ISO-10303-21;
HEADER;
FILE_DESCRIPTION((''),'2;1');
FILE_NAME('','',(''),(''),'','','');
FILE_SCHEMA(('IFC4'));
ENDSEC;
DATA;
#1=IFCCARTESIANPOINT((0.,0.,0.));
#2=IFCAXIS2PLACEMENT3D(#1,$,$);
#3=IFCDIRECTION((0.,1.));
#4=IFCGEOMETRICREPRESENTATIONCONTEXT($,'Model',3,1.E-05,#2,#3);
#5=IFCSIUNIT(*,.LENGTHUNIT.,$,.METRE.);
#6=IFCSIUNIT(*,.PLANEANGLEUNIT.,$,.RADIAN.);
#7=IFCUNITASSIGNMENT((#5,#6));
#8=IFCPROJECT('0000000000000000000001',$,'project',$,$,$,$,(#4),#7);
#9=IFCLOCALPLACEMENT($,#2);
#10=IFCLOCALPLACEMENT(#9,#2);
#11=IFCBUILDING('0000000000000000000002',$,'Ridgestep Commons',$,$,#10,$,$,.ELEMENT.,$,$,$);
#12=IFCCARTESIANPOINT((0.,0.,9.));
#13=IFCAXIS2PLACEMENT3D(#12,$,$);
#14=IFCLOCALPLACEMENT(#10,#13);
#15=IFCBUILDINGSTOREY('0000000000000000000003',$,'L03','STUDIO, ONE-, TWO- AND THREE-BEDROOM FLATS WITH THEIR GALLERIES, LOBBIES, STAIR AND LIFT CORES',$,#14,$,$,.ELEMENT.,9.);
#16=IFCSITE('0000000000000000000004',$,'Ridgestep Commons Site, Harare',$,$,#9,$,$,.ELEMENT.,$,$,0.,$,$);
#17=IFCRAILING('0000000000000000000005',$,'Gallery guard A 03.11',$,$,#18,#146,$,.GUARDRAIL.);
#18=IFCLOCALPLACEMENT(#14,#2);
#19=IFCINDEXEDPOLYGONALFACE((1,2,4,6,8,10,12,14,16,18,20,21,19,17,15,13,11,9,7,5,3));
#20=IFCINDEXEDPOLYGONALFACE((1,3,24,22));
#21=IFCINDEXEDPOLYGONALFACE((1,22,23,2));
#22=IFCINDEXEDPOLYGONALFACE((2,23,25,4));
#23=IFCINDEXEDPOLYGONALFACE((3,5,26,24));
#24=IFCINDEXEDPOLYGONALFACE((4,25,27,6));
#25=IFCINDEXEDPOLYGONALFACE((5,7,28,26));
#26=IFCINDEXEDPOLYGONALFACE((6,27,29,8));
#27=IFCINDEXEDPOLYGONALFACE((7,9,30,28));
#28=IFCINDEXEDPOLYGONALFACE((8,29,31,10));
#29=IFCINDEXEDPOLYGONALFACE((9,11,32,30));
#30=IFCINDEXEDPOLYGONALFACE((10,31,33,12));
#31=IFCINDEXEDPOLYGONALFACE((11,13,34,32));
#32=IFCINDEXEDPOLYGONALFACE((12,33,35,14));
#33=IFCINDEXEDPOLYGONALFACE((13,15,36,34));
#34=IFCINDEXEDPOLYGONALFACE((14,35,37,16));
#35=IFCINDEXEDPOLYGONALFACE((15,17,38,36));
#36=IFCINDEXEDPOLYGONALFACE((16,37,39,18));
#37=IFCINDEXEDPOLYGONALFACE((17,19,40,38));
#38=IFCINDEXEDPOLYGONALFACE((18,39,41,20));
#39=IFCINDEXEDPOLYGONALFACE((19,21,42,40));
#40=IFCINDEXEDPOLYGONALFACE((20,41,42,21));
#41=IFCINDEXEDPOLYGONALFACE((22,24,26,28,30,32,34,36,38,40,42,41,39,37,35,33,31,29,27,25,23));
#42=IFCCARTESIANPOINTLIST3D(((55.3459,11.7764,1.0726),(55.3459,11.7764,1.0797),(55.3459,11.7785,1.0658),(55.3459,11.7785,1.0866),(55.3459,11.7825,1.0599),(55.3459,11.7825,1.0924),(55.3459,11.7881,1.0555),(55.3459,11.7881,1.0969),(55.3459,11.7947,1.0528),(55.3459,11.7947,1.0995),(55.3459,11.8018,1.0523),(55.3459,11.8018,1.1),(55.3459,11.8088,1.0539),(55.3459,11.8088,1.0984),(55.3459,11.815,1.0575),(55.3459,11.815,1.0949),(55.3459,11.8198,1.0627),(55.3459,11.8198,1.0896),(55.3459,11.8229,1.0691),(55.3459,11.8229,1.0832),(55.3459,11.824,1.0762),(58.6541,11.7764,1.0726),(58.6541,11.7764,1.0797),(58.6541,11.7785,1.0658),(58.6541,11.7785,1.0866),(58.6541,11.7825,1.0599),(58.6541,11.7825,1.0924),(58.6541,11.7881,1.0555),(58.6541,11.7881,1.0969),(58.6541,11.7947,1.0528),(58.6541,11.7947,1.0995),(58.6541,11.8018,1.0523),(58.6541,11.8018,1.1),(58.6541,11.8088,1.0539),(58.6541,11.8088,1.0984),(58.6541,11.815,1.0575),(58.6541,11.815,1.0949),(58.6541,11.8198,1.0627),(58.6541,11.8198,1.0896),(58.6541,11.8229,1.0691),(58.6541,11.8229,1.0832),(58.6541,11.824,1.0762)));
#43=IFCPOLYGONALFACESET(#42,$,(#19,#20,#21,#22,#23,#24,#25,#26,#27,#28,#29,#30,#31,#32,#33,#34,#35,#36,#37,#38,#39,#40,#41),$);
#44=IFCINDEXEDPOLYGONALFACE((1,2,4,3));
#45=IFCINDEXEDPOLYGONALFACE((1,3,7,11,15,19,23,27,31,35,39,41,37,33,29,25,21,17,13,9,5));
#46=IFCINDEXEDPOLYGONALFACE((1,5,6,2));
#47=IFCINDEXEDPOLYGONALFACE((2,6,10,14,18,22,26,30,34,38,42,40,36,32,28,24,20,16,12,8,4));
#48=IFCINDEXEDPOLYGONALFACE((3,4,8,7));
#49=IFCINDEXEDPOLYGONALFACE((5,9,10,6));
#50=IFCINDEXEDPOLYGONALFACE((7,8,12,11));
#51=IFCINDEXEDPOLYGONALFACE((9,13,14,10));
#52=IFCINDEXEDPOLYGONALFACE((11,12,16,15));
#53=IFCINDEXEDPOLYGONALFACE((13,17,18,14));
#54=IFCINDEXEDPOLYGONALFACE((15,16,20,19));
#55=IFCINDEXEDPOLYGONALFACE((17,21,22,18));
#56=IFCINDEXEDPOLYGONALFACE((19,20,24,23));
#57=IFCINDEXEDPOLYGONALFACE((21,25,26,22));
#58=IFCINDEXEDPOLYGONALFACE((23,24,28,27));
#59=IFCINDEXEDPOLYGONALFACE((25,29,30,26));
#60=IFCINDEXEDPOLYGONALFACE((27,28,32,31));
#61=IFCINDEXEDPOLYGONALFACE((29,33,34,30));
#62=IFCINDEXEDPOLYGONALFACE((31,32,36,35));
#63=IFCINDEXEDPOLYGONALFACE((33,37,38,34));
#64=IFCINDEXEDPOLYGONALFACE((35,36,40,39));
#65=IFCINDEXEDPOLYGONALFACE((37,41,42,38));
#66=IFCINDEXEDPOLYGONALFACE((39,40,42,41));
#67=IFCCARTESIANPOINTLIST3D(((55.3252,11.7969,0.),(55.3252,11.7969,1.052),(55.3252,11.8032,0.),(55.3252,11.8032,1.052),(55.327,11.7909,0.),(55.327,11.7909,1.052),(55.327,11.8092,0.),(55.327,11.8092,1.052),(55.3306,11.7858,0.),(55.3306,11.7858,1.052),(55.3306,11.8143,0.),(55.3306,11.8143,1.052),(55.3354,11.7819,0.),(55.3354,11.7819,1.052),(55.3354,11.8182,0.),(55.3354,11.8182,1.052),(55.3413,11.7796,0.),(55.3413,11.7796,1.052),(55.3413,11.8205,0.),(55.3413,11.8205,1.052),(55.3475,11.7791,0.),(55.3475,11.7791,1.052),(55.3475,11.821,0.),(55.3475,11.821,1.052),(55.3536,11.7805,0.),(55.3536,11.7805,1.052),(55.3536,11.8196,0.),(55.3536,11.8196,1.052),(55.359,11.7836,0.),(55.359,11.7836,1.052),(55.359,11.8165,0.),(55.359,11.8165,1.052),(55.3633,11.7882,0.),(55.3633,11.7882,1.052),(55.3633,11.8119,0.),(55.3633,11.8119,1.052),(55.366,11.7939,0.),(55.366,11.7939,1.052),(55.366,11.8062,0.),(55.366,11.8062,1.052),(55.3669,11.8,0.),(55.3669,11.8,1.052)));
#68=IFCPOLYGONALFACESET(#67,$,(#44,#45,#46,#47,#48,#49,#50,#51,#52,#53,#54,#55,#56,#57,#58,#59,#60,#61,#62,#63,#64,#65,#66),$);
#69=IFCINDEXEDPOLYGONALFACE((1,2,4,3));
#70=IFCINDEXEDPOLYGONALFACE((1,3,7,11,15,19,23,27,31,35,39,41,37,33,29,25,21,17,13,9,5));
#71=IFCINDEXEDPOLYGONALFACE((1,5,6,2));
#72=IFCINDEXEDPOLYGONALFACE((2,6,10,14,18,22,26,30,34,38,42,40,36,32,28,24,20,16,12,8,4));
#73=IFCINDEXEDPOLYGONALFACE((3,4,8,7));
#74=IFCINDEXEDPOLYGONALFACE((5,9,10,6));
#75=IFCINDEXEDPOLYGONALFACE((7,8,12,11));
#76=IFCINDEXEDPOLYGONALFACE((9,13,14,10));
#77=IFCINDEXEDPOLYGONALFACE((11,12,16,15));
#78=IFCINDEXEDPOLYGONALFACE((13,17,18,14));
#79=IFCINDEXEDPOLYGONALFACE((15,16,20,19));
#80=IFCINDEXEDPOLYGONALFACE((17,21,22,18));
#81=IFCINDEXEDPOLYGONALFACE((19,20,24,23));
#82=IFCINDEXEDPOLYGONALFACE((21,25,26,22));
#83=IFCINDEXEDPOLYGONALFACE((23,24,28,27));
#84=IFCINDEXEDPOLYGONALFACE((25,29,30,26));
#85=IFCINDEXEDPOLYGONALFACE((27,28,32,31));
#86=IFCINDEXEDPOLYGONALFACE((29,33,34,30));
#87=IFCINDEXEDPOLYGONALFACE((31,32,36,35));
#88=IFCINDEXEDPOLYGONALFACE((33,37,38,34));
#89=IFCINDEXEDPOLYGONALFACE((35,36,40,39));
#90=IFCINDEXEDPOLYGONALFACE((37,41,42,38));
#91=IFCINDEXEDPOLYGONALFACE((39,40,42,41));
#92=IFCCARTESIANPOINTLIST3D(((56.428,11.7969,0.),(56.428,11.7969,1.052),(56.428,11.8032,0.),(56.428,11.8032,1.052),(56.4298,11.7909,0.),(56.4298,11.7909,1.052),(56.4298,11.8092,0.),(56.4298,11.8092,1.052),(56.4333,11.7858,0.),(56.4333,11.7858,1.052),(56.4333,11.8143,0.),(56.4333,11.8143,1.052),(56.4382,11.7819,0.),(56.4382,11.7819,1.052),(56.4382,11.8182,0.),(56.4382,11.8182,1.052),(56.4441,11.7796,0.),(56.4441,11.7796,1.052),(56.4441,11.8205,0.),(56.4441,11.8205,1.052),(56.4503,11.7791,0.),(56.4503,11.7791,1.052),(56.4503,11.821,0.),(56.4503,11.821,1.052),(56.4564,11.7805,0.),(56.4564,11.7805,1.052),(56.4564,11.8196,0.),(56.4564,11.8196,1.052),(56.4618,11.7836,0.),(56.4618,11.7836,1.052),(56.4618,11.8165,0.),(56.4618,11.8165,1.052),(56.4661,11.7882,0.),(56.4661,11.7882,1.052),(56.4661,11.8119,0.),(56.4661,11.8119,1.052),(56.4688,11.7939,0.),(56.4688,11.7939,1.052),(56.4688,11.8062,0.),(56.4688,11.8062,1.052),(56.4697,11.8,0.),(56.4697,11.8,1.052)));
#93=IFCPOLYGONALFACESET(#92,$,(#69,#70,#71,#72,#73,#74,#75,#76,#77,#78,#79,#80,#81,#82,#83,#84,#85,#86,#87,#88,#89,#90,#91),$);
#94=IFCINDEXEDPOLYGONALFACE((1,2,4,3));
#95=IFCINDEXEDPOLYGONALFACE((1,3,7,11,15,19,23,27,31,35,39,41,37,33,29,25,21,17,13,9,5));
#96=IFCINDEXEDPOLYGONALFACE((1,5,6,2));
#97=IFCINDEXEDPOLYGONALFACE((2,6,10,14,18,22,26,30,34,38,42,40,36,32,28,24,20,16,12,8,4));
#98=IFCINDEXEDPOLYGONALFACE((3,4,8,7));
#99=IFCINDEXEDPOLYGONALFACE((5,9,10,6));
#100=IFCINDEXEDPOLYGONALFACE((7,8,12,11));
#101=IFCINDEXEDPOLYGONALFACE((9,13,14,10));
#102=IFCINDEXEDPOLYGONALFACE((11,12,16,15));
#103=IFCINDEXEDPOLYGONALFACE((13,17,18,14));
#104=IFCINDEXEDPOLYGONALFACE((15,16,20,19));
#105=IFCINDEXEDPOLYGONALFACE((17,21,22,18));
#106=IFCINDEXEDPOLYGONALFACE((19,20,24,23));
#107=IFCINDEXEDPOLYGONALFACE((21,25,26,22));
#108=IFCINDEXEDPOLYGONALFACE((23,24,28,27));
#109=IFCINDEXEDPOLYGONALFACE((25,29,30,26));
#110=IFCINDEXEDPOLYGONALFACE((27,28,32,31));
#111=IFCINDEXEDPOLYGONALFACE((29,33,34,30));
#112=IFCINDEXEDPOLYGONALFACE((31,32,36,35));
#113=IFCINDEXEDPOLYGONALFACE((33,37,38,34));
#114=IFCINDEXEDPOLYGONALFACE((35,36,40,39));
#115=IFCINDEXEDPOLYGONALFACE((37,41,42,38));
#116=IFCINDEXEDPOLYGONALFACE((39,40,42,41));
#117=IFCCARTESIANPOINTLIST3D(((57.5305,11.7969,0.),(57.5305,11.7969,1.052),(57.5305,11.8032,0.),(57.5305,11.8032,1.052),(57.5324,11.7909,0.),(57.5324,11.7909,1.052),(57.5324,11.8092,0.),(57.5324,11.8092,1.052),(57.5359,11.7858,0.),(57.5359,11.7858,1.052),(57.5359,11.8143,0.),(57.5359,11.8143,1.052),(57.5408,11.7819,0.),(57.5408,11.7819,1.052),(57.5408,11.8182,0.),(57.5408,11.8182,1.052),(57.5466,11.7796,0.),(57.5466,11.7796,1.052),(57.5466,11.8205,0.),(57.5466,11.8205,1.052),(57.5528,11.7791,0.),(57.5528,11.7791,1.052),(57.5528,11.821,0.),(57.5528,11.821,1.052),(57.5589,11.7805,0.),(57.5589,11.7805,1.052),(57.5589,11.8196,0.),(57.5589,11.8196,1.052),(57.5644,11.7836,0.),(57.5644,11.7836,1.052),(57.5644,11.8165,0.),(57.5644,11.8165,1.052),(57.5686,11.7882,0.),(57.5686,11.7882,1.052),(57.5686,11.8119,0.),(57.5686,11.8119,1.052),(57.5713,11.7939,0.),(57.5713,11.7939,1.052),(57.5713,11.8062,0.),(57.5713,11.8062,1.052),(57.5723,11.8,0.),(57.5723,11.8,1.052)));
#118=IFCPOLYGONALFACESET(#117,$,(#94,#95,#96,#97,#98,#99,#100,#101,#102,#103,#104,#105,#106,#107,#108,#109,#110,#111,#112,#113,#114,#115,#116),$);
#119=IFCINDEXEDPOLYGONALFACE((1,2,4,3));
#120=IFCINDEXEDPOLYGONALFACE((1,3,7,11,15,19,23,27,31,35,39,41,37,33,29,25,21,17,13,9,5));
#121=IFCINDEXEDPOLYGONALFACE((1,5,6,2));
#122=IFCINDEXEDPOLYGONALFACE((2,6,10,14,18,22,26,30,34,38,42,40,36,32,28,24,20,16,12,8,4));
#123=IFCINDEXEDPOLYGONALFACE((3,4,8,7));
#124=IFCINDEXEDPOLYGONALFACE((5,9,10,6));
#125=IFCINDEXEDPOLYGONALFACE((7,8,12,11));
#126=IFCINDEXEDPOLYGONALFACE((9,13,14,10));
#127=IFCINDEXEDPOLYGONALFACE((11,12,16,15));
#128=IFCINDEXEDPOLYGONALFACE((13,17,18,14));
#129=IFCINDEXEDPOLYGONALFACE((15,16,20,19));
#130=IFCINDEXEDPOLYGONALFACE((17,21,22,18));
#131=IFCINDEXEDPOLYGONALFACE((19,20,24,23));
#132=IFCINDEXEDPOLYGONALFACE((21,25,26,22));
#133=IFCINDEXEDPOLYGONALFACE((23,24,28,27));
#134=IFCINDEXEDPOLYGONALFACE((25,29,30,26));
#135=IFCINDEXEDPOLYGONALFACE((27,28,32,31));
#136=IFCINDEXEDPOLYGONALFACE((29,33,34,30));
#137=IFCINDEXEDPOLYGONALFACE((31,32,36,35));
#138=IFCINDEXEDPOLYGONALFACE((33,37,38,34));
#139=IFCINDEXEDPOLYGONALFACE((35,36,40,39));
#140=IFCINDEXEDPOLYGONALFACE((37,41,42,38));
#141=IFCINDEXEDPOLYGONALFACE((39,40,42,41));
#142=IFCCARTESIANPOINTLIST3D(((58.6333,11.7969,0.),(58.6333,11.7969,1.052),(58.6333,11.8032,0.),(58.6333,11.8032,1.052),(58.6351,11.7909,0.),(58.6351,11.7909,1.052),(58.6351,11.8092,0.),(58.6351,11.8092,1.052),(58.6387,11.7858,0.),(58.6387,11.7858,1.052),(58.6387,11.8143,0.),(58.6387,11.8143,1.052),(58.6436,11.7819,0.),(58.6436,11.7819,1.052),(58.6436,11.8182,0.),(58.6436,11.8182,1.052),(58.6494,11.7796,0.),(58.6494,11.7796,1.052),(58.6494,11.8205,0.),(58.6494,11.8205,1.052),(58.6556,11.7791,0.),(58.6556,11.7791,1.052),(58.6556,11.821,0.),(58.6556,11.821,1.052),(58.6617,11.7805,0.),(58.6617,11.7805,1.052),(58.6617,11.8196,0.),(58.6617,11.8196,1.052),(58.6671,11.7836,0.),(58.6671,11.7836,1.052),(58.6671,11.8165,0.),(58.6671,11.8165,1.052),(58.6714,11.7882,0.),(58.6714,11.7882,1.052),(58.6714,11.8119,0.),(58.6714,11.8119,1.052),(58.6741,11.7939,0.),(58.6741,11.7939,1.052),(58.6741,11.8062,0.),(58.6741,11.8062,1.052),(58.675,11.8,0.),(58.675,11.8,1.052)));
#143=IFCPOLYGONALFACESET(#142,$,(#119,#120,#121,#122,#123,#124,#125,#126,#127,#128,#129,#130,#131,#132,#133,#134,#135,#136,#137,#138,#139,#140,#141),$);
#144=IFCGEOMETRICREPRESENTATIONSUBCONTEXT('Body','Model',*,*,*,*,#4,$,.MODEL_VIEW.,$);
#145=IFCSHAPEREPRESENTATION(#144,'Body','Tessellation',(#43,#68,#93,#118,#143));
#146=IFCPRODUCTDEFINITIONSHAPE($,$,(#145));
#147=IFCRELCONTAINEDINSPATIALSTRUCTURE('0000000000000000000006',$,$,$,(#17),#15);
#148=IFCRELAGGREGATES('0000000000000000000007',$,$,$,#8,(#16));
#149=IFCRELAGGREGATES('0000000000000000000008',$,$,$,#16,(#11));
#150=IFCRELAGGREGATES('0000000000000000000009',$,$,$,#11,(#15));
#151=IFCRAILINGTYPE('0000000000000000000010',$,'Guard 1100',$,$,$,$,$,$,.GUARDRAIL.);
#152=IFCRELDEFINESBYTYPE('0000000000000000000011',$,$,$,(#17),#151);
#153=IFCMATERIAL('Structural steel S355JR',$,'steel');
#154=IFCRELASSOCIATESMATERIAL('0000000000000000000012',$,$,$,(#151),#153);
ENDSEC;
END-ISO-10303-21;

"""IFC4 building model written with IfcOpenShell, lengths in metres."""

from ifc_helpers import new_model, si_unit, direction, frame, origin, origin_2d, place, context, subcontext, project, spatial, circle, extrude, material, type_object, element, save


model = new_model("IFC4")

# Units and contexts
model_context = context("Model", 3, precision=1e-05, world=origin(), true_north=direction((0.0, 1.0)))
body_context = subcontext(model_context, "Body", "Model", "MODEL_VIEW")
ifc_project = project(units=[si_unit("LENGTHUNIT", "METRE"), si_unit("PLANEANGLEUNIT", "RADIAN")], contexts=[model_context])

# Site, building, storey
site_placement = place(None, origin())
site = spatial("IfcSite", under=ifc_project, at=site_placement, Name="Ridgestep Commons Site, Harare", CompositionType="ELEMENT", RefElevation=0.0)
building_placement = place(site_placement, origin())
building = spatial("IfcBuilding", under=site, at=building_placement, Name="Ridgestep Commons", CompositionType="ELEMENT")
storey_placement = place(building_placement, frame((0.0, 0.0, 9.0)))
storey = spatial("IfcBuildingStorey", under=building, at=storey_placement, Name="L03", Description="STUDIO, ONE-, TWO- AND THREE-BEDROOM FLATS WITH THEIR GALLERIES, LOBBIES, STAIR AND LIFT CORES", CompositionType="ELEMENT", Elevation=9.0)

# Railing
ifc_material_1 = material(Name="Structural steel S355JR", Category="steel")
railing_type = type_object("IfcRailingType", Name="Guard 1100", PredefinedType="GUARDRAIL", material=ifc_material_1)
railing_1_placement = place(storey_placement, frame((55.3459, 11.8, 0.0)))
element("IfcRailing", 1, at=railing_1_placement, inside=storey, type_object=railing_type, Name="Gallery guard A 03.11", PredefinedType="GUARDRAIL", context=body_context, shape_type="SweptSolid", body=[
    extrude(circle(Radius=0.0239, at=origin_2d()), frame((0.0, 0.0, 1.0762), z_axis=(1.0, 0.0, 0.0), x_axis=(0.0, 1.0, 0.0)), (0.0, 0.0, 1.0), 3.3081),
    extrude(circle(Radius=0.021, at=origin_2d()), origin(), (0.0, 0.0, 1.0), 1.052),
    extrude(circle(Radius=0.021, at=origin_2d()), frame((1.1028, 0.0, 0.0)), (0.0, 0.0, 1.0), 1.052),
    extrude(circle(Radius=0.021, at=origin_2d()), frame((2.2053, 0.0, 0.0)), (0.0, 0.0, 1.0), 1.052),
    extrude(circle(Radius=0.021, at=origin_2d()), frame((3.3081, 0.0, 0.0)), (0.0, 0.0, 1.0), 1.052),
])

save(model, "model.ifc")
